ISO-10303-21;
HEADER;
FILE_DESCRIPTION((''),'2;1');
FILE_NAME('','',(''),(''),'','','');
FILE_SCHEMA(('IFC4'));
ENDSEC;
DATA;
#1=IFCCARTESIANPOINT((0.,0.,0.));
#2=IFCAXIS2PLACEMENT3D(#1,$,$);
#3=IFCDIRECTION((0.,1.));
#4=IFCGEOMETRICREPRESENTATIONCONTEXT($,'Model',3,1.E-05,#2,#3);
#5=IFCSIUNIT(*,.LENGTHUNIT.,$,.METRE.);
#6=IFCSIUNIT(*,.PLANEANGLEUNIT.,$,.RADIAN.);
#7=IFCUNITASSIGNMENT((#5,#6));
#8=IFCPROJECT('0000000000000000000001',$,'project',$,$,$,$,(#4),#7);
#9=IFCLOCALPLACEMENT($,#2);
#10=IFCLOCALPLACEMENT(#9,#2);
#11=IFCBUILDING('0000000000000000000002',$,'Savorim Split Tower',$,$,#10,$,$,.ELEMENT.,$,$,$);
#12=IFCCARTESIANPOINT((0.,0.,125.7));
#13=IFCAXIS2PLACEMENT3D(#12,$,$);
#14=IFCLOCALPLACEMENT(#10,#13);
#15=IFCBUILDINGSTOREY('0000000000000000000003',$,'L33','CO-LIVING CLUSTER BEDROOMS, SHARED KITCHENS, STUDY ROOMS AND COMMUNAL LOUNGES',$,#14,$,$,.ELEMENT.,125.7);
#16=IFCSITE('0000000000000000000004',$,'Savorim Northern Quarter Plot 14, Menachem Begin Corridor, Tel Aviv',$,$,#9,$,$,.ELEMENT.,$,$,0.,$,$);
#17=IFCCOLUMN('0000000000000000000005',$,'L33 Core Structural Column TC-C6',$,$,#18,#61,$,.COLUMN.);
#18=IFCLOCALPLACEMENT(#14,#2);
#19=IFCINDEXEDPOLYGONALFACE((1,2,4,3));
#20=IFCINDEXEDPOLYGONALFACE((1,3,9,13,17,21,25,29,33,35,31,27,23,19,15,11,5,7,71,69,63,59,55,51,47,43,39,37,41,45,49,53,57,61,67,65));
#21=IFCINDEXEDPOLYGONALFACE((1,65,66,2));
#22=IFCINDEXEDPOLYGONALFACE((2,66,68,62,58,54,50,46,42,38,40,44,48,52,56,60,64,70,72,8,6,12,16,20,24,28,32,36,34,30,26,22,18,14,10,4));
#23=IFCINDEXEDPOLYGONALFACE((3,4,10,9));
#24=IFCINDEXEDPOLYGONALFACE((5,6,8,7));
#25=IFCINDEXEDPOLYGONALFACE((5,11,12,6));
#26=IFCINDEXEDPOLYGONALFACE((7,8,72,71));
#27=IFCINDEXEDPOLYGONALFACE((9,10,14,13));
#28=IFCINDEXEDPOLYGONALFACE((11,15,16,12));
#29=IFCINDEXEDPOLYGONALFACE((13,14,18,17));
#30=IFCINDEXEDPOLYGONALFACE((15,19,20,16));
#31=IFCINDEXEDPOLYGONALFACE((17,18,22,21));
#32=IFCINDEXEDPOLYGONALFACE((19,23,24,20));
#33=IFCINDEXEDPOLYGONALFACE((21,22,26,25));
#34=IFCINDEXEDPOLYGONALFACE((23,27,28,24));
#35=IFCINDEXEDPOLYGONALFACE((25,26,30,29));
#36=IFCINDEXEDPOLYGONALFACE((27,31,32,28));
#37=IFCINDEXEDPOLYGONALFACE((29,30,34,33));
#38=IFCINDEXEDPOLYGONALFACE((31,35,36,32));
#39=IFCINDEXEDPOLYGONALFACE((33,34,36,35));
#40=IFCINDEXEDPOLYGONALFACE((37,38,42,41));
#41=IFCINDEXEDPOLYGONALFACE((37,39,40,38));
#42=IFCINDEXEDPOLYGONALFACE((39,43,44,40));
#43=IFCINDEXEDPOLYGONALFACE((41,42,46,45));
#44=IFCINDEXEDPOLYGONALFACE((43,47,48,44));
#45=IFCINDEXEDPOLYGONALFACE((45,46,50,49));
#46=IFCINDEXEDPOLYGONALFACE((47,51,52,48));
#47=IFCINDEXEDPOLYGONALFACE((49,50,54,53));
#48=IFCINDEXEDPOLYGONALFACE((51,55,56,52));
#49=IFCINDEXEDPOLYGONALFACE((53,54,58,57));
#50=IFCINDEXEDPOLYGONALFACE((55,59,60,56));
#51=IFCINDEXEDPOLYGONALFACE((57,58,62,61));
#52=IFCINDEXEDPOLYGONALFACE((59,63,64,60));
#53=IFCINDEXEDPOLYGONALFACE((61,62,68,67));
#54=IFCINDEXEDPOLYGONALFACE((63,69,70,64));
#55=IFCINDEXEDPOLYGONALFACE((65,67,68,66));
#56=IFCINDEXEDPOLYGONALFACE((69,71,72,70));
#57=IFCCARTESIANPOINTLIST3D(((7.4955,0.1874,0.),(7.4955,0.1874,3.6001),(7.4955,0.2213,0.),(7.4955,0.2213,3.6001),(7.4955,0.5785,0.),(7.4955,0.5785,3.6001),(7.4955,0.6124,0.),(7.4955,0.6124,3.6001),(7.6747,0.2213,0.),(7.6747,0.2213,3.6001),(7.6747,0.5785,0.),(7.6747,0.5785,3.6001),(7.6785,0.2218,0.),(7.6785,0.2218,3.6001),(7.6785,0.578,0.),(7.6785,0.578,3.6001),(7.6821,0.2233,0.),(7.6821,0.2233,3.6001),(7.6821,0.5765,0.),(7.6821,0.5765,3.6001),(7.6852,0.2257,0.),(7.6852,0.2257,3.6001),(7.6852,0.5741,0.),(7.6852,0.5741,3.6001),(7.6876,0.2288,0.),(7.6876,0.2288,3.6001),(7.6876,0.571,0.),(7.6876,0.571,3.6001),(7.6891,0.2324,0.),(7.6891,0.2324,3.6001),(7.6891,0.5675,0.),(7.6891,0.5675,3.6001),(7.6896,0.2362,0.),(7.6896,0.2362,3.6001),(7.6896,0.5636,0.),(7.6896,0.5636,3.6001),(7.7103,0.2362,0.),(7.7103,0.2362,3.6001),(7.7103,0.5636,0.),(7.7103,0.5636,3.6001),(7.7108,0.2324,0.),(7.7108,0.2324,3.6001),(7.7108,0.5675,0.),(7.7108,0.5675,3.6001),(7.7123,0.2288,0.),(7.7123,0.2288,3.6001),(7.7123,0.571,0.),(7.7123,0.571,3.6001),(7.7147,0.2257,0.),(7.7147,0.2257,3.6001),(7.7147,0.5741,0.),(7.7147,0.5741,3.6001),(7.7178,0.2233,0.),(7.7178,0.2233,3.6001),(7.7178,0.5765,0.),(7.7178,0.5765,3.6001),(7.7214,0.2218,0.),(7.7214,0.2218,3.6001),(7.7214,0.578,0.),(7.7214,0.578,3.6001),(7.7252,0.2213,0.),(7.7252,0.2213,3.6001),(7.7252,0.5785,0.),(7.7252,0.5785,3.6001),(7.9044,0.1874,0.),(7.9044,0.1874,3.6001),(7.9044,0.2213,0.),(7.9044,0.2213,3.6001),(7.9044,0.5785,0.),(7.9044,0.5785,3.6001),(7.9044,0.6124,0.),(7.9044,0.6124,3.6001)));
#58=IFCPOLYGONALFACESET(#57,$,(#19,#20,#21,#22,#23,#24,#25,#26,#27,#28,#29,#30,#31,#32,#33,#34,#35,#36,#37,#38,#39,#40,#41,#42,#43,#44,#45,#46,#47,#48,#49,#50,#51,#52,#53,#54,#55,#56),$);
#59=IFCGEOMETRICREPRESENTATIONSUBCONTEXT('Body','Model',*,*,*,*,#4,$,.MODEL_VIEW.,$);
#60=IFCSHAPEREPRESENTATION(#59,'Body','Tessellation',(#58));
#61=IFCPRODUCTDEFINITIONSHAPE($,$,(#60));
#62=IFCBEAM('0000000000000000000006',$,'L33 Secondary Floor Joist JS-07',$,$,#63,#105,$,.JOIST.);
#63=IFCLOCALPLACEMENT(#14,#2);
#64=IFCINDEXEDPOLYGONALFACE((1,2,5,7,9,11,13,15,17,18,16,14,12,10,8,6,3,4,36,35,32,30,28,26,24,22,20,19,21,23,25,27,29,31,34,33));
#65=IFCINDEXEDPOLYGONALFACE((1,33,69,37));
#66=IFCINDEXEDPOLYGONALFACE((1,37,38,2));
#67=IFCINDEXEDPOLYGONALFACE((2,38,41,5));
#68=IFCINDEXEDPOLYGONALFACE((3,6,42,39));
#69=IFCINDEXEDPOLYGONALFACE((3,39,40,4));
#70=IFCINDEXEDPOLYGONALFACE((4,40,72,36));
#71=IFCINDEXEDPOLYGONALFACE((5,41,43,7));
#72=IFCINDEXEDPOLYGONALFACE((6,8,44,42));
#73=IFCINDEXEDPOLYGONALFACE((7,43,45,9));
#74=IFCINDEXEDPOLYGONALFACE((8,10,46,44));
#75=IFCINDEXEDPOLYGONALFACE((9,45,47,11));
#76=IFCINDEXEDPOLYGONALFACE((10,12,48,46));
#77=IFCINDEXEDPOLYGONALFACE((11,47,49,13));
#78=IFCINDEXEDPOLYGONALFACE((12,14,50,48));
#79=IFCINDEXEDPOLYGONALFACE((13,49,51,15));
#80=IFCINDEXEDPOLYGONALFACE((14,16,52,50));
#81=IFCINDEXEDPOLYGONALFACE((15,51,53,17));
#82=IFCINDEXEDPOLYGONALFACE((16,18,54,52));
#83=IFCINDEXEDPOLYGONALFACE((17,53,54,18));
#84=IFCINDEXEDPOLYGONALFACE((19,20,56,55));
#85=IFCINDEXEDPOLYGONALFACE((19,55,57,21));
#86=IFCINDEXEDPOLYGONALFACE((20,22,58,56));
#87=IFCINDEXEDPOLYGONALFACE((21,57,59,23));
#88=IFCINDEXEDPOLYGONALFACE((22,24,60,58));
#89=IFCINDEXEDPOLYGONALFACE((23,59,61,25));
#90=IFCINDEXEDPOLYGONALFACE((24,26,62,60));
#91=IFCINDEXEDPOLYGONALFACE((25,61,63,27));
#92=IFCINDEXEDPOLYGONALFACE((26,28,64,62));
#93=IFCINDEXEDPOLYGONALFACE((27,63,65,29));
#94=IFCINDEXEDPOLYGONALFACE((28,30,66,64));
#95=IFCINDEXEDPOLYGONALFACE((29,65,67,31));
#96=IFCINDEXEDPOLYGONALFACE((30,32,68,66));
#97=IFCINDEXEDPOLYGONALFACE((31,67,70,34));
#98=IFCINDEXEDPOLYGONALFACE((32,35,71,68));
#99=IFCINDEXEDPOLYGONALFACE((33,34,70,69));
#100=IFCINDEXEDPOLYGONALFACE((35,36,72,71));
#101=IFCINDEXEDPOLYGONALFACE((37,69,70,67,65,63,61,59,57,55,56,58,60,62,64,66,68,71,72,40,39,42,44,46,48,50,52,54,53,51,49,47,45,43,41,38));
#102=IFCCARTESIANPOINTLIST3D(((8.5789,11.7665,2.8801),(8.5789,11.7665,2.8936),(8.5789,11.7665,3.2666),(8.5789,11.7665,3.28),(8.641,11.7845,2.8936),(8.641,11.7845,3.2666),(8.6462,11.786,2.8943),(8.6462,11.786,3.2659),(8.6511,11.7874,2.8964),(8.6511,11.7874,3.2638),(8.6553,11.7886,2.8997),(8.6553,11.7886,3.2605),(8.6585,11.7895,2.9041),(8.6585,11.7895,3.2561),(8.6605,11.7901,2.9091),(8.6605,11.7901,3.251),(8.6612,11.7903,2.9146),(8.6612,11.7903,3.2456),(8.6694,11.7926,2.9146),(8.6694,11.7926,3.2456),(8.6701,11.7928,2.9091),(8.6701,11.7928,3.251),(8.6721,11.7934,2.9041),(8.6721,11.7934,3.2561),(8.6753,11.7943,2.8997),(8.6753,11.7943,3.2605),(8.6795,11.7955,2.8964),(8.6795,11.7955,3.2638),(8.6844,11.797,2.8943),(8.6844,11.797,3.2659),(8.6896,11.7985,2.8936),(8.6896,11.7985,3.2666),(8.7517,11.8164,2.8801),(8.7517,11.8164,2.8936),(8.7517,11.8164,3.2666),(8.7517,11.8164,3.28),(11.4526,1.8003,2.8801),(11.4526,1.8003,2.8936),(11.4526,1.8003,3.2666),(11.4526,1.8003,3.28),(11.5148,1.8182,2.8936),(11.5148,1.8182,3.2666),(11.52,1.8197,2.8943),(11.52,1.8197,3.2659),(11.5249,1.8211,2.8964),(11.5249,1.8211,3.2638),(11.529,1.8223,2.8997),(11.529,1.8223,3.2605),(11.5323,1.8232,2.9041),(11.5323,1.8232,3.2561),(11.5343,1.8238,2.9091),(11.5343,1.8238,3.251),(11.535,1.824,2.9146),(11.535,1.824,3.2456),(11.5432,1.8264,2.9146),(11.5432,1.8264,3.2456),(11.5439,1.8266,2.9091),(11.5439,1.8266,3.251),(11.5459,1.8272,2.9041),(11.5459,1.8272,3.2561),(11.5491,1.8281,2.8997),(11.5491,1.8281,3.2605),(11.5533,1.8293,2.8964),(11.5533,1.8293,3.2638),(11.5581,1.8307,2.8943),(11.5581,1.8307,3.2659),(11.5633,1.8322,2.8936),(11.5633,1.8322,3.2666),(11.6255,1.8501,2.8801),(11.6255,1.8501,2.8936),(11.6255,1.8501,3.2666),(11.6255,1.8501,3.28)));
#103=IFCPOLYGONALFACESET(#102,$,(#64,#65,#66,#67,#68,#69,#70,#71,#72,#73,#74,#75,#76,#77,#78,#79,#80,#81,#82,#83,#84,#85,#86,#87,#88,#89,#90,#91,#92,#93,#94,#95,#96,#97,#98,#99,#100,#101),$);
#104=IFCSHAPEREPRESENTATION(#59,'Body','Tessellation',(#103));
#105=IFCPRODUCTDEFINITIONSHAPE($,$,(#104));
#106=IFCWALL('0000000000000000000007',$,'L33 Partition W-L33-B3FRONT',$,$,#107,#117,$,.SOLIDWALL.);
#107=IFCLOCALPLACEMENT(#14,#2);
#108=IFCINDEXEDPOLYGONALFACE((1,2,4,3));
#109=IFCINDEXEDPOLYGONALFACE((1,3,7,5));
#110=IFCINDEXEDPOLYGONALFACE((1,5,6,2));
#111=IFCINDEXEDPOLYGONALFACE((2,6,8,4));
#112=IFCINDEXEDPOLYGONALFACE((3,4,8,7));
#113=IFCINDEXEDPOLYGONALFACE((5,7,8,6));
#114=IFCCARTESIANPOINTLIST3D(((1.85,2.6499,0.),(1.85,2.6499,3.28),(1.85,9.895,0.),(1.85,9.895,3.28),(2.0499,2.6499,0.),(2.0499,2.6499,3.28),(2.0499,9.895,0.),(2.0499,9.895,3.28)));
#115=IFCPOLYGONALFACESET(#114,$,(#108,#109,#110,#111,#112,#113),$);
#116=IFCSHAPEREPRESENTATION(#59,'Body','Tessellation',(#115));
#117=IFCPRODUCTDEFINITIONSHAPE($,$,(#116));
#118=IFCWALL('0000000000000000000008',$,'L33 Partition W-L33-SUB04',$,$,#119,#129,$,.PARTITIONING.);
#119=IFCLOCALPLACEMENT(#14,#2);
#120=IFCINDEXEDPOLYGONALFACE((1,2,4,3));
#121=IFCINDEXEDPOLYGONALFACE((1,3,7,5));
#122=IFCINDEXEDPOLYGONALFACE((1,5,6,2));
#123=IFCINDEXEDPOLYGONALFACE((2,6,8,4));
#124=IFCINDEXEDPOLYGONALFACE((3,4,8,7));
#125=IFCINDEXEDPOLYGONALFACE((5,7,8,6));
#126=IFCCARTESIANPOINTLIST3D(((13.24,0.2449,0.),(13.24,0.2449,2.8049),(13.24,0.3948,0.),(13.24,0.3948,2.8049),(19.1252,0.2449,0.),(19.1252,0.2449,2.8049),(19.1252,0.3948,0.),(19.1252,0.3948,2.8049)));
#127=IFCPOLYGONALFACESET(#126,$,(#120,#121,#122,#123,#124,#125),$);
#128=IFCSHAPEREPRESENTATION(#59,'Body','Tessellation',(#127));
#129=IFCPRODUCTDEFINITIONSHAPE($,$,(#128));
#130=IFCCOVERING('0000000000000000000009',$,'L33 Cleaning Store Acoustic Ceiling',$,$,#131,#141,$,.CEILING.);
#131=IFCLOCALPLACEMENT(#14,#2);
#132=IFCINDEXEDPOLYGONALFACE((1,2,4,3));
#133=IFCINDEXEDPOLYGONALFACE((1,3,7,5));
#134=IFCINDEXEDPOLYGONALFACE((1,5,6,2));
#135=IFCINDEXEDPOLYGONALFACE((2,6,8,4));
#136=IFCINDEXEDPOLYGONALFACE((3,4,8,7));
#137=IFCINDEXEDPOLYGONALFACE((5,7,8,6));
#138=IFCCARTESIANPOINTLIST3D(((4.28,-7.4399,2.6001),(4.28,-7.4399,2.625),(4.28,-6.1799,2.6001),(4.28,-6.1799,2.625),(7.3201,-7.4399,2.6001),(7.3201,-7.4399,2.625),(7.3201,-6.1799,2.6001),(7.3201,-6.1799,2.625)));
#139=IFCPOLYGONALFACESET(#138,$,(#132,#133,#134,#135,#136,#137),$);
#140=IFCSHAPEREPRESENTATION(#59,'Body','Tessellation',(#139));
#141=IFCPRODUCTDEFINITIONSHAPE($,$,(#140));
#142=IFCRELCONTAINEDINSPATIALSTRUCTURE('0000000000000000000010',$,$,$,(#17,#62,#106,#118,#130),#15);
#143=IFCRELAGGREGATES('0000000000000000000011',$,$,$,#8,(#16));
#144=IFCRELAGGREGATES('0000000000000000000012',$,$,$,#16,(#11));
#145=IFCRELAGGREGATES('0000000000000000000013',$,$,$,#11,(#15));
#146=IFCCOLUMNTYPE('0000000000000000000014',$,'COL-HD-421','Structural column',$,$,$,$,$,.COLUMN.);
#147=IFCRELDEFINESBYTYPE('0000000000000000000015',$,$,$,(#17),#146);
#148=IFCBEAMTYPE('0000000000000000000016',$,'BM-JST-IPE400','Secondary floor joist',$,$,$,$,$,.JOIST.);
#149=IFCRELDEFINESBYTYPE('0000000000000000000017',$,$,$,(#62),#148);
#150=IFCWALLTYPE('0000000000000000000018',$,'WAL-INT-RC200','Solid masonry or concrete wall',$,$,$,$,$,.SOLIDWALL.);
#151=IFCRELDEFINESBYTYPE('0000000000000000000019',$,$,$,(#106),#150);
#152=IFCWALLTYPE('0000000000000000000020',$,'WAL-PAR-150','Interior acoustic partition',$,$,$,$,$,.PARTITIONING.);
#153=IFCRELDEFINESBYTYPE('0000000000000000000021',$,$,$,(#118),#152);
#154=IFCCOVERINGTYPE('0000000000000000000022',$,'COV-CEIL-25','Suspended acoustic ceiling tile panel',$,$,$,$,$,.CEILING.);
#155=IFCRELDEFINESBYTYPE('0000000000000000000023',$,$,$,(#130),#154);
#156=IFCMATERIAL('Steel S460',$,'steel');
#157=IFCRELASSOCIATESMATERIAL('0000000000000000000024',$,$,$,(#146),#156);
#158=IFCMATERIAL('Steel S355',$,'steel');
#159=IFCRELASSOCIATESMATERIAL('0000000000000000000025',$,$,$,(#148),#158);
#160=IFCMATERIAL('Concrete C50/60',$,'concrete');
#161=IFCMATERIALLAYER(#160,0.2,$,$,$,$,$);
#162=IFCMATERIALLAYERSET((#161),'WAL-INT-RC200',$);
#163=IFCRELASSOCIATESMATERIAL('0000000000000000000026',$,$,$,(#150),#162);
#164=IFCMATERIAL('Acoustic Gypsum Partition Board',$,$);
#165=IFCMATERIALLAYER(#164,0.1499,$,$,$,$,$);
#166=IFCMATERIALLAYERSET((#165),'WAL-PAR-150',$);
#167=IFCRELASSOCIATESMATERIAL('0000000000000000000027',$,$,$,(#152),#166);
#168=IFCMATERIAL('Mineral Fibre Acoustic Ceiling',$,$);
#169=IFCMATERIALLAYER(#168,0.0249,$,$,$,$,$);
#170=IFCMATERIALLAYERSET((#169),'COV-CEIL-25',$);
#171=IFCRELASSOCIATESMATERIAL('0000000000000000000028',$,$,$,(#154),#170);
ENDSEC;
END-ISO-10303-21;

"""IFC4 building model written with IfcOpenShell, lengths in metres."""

from ifc_helpers import new_model, si_unit, direction, frame, frame_2d, origin, origin_2d, place, context, subcontext, project, spatial, polyline, rectangle, i_section, outline, extrude, material, layer, layer_set, material_profile, profile_set, type_object, element, save


model = new_model("IFC4")

# Units and contexts
model_context = context("Model", 3, precision=1e-05, world=origin(), true_north=direction((0.0, 1.0)))
body_context = subcontext(model_context, "Body", "Model", "MODEL_VIEW")
ifc_project = project(units=[si_unit("LENGTHUNIT", "METRE"), si_unit("PLANEANGLEUNIT", "RADIAN")], contexts=[model_context])

# Site, building, storey
site_placement = place(None, origin())
site = spatial("IfcSite", under=ifc_project, at=site_placement, Name="Savorim Northern Quarter Plot 14, Menachem Begin Corridor, Tel Aviv", CompositionType="ELEMENT", RefElevation=0.0)
building_placement = place(site_placement, origin())
building = spatial("IfcBuilding", under=site, at=building_placement, Name="Savorim Split Tower", CompositionType="ELEMENT")
storey_placement = place(building_placement, frame((0.0, 0.0, 125.7)))
storey = spatial("IfcBuildingStorey", under=building, at=storey_placement, Name="L33", Description="CO-LIVING CLUSTER BEDROOMS, SHARED KITCHENS, STUDY ROOMS AND COMMUNAL LOUNGES", CompositionType="ELEMENT", Elevation=125.7)

# Column
ifc_material_1 = material(Name="Steel S460", Category="steel")
ifc_material_profile_1 = material_profile(ifc_material_1, i_section(OverallWidth=0.4089, OverallDepth=0.425, WebThickness=0.0208, FlangeThickness=0.0339, FilletRadius=0.0149, at=origin_2d()), Name="HD 400x421")
ifc_profile_set_1 = profile_set([ifc_material_profile_1], Name="Steel S460")
column_type = type_object("IfcColumnType", Name="COL-HD-421", Description="Structural column", PredefinedType="COLUMN", material=ifc_profile_set_1)
column_placement = place(storey_placement, frame((7.7, 0.3999, 0.0), z_axis=(0.0, 0.0, 1.0), x_axis=(1.0, 0.0, 0.0)))
element("IfcColumn", 1, at=column_placement, inside=storey, type_object=column_type, Name="L33 Core Structural Column TC-C6", PredefinedType="COLUMN", context=body_context, shape_type="SweptSolid", body=[
    extrude(i_section(OverallWidth=0.4089, OverallDepth=0.425, WebThickness=0.0208, FlangeThickness=0.0339, FilletRadius=0.0149, at=origin_2d()), origin(), (0.0, 0.0, 1.0), 3.6001),
])

# Beam
ifc_material_2 = material(Name="Steel S355", Category="steel")
ifc_material_profile_2 = material_profile(ifc_material_2, i_section(OverallWidth=0.1799, OverallDepth=0.3999, WebThickness=0.0085, FlangeThickness=0.0134, FilletRadius=0.021, at=origin_2d()), Name="IPE 400")
ifc_profile_set_2 = profile_set([ifc_material_profile_2], Name="Steel S355")
beam_type = type_object("IfcBeamType", Name="BM-JST-IPE400", Description="Secondary floor joist", PredefinedType="JOIST", material=ifc_profile_set_2)
beam_placement = place(storey_placement, frame((11.5391, 1.8252, 3.0801), z_axis=(-0.277061, 0.960852, 0.0), x_axis=(-0.960852, -0.277061, 0.0)))
element("IfcBeam", 2, at=beam_placement, inside=storey, type_object=beam_type, Name="L33 Secondary Floor Joist JS-07", PredefinedType="JOIST", context=body_context, shape_type="SweptSolid", body=[
    extrude(i_section(OverallWidth=0.1799, OverallDepth=0.3999, WebThickness=0.0085, FlangeThickness=0.0134, FilletRadius=0.021, at=origin_2d()), origin(), (0.0, 0.0, 1.0), 10.3723),
])

# Walls
ifc_material_3 = material(Name="Concrete C50/60", Category="concrete")
ifc_layer_1 = layer(ifc_material_3, 0.2)
ifc_layer_set_1 = layer_set([ifc_layer_1], Name="WAL-INT-RC200")
wall_type_1 = type_object("IfcWallType", Name="WAL-INT-RC200", Description="Solid masonry or concrete wall", PredefinedType="SOLIDWALL", material=ifc_layer_set_1)
wall_1_placement = place(storey_placement, frame((1.95, 2.6499, 0.0), z_axis=(0.0, 0.0, 1.0), x_axis=(0.0, 1.0, 0.0)))
element("IfcWall", 3, at=wall_1_placement, inside=storey, type_object=wall_type_1, Name="L33 Partition W-L33-B3FRONT", PredefinedType="SOLIDWALL", context=body_context, shape_type="SweptSolid", body=[
    extrude(rectangle(XDim=7.2451, YDim=0.2, at=frame_2d((3.6226, 0.0))), origin(), (0.0, 0.0, 1.0), 3.28),
])
ifc_material_4 = material(Name="Acoustic Gypsum Partition Board")
ifc_layer_2 = layer(ifc_material_4, 0.1499)
ifc_layer_set_2 = layer_set([ifc_layer_2], Name="WAL-PAR-150")
wall_type_2 = type_object("IfcWallType", Name="WAL-PAR-150", Description="Interior acoustic partition", PredefinedType="PARTITIONING", material=ifc_layer_set_2)
wall_2_placement = place(storey_placement, frame((13.24, 0.3198, 0.0), z_axis=(0.0, 0.0, 1.0), x_axis=(1.0, 0.0, 0.0)))
element("IfcWall", 4, at=wall_2_placement, inside=storey, type_object=wall_type_2, Name="L33 Partition W-L33-SUB04", PredefinedType="PARTITIONING", context=body_context, shape_type="SweptSolid", body=[
    extrude(rectangle(XDim=5.8853, YDim=0.1499, at=frame_2d((2.9426, 0.0))), origin(), (0.0, 0.0, 1.0), 2.8049),
])

# Covering
ifc_material_5 = material(Name="Mineral Fibre Acoustic Ceiling")
ifc_layer_3 = layer(ifc_material_5, 0.0249)
ifc_layer_set_3 = layer_set([ifc_layer_3], Name="COV-CEIL-25")
covering_type_1 = type_object("IfcCoveringType", Name="COV-CEIL-25", Description="Suspended acoustic ceiling tile panel", PredefinedType="CEILING", material=ifc_layer_set_3)
covering_1_placement = place(storey_placement, frame((0.0, 0.0, 2.6001)))
element("IfcCovering", 5, at=covering_1_placement, inside=storey, type_object=covering_type_1, Name="L33 Cleaning Store Acoustic Ceiling", PredefinedType="CEILING", context=body_context, shape_type="SweptSolid", body=[
    extrude(outline(polyline([(4.28, -6.1799), (4.28, -7.4399), (7.3201, -7.4399), (7.3201, -6.1799), (4.28, -6.1799)])), origin(), (0.0, 0.0, 1.0), 0.0249),
])

save(model, "model.ifc")
